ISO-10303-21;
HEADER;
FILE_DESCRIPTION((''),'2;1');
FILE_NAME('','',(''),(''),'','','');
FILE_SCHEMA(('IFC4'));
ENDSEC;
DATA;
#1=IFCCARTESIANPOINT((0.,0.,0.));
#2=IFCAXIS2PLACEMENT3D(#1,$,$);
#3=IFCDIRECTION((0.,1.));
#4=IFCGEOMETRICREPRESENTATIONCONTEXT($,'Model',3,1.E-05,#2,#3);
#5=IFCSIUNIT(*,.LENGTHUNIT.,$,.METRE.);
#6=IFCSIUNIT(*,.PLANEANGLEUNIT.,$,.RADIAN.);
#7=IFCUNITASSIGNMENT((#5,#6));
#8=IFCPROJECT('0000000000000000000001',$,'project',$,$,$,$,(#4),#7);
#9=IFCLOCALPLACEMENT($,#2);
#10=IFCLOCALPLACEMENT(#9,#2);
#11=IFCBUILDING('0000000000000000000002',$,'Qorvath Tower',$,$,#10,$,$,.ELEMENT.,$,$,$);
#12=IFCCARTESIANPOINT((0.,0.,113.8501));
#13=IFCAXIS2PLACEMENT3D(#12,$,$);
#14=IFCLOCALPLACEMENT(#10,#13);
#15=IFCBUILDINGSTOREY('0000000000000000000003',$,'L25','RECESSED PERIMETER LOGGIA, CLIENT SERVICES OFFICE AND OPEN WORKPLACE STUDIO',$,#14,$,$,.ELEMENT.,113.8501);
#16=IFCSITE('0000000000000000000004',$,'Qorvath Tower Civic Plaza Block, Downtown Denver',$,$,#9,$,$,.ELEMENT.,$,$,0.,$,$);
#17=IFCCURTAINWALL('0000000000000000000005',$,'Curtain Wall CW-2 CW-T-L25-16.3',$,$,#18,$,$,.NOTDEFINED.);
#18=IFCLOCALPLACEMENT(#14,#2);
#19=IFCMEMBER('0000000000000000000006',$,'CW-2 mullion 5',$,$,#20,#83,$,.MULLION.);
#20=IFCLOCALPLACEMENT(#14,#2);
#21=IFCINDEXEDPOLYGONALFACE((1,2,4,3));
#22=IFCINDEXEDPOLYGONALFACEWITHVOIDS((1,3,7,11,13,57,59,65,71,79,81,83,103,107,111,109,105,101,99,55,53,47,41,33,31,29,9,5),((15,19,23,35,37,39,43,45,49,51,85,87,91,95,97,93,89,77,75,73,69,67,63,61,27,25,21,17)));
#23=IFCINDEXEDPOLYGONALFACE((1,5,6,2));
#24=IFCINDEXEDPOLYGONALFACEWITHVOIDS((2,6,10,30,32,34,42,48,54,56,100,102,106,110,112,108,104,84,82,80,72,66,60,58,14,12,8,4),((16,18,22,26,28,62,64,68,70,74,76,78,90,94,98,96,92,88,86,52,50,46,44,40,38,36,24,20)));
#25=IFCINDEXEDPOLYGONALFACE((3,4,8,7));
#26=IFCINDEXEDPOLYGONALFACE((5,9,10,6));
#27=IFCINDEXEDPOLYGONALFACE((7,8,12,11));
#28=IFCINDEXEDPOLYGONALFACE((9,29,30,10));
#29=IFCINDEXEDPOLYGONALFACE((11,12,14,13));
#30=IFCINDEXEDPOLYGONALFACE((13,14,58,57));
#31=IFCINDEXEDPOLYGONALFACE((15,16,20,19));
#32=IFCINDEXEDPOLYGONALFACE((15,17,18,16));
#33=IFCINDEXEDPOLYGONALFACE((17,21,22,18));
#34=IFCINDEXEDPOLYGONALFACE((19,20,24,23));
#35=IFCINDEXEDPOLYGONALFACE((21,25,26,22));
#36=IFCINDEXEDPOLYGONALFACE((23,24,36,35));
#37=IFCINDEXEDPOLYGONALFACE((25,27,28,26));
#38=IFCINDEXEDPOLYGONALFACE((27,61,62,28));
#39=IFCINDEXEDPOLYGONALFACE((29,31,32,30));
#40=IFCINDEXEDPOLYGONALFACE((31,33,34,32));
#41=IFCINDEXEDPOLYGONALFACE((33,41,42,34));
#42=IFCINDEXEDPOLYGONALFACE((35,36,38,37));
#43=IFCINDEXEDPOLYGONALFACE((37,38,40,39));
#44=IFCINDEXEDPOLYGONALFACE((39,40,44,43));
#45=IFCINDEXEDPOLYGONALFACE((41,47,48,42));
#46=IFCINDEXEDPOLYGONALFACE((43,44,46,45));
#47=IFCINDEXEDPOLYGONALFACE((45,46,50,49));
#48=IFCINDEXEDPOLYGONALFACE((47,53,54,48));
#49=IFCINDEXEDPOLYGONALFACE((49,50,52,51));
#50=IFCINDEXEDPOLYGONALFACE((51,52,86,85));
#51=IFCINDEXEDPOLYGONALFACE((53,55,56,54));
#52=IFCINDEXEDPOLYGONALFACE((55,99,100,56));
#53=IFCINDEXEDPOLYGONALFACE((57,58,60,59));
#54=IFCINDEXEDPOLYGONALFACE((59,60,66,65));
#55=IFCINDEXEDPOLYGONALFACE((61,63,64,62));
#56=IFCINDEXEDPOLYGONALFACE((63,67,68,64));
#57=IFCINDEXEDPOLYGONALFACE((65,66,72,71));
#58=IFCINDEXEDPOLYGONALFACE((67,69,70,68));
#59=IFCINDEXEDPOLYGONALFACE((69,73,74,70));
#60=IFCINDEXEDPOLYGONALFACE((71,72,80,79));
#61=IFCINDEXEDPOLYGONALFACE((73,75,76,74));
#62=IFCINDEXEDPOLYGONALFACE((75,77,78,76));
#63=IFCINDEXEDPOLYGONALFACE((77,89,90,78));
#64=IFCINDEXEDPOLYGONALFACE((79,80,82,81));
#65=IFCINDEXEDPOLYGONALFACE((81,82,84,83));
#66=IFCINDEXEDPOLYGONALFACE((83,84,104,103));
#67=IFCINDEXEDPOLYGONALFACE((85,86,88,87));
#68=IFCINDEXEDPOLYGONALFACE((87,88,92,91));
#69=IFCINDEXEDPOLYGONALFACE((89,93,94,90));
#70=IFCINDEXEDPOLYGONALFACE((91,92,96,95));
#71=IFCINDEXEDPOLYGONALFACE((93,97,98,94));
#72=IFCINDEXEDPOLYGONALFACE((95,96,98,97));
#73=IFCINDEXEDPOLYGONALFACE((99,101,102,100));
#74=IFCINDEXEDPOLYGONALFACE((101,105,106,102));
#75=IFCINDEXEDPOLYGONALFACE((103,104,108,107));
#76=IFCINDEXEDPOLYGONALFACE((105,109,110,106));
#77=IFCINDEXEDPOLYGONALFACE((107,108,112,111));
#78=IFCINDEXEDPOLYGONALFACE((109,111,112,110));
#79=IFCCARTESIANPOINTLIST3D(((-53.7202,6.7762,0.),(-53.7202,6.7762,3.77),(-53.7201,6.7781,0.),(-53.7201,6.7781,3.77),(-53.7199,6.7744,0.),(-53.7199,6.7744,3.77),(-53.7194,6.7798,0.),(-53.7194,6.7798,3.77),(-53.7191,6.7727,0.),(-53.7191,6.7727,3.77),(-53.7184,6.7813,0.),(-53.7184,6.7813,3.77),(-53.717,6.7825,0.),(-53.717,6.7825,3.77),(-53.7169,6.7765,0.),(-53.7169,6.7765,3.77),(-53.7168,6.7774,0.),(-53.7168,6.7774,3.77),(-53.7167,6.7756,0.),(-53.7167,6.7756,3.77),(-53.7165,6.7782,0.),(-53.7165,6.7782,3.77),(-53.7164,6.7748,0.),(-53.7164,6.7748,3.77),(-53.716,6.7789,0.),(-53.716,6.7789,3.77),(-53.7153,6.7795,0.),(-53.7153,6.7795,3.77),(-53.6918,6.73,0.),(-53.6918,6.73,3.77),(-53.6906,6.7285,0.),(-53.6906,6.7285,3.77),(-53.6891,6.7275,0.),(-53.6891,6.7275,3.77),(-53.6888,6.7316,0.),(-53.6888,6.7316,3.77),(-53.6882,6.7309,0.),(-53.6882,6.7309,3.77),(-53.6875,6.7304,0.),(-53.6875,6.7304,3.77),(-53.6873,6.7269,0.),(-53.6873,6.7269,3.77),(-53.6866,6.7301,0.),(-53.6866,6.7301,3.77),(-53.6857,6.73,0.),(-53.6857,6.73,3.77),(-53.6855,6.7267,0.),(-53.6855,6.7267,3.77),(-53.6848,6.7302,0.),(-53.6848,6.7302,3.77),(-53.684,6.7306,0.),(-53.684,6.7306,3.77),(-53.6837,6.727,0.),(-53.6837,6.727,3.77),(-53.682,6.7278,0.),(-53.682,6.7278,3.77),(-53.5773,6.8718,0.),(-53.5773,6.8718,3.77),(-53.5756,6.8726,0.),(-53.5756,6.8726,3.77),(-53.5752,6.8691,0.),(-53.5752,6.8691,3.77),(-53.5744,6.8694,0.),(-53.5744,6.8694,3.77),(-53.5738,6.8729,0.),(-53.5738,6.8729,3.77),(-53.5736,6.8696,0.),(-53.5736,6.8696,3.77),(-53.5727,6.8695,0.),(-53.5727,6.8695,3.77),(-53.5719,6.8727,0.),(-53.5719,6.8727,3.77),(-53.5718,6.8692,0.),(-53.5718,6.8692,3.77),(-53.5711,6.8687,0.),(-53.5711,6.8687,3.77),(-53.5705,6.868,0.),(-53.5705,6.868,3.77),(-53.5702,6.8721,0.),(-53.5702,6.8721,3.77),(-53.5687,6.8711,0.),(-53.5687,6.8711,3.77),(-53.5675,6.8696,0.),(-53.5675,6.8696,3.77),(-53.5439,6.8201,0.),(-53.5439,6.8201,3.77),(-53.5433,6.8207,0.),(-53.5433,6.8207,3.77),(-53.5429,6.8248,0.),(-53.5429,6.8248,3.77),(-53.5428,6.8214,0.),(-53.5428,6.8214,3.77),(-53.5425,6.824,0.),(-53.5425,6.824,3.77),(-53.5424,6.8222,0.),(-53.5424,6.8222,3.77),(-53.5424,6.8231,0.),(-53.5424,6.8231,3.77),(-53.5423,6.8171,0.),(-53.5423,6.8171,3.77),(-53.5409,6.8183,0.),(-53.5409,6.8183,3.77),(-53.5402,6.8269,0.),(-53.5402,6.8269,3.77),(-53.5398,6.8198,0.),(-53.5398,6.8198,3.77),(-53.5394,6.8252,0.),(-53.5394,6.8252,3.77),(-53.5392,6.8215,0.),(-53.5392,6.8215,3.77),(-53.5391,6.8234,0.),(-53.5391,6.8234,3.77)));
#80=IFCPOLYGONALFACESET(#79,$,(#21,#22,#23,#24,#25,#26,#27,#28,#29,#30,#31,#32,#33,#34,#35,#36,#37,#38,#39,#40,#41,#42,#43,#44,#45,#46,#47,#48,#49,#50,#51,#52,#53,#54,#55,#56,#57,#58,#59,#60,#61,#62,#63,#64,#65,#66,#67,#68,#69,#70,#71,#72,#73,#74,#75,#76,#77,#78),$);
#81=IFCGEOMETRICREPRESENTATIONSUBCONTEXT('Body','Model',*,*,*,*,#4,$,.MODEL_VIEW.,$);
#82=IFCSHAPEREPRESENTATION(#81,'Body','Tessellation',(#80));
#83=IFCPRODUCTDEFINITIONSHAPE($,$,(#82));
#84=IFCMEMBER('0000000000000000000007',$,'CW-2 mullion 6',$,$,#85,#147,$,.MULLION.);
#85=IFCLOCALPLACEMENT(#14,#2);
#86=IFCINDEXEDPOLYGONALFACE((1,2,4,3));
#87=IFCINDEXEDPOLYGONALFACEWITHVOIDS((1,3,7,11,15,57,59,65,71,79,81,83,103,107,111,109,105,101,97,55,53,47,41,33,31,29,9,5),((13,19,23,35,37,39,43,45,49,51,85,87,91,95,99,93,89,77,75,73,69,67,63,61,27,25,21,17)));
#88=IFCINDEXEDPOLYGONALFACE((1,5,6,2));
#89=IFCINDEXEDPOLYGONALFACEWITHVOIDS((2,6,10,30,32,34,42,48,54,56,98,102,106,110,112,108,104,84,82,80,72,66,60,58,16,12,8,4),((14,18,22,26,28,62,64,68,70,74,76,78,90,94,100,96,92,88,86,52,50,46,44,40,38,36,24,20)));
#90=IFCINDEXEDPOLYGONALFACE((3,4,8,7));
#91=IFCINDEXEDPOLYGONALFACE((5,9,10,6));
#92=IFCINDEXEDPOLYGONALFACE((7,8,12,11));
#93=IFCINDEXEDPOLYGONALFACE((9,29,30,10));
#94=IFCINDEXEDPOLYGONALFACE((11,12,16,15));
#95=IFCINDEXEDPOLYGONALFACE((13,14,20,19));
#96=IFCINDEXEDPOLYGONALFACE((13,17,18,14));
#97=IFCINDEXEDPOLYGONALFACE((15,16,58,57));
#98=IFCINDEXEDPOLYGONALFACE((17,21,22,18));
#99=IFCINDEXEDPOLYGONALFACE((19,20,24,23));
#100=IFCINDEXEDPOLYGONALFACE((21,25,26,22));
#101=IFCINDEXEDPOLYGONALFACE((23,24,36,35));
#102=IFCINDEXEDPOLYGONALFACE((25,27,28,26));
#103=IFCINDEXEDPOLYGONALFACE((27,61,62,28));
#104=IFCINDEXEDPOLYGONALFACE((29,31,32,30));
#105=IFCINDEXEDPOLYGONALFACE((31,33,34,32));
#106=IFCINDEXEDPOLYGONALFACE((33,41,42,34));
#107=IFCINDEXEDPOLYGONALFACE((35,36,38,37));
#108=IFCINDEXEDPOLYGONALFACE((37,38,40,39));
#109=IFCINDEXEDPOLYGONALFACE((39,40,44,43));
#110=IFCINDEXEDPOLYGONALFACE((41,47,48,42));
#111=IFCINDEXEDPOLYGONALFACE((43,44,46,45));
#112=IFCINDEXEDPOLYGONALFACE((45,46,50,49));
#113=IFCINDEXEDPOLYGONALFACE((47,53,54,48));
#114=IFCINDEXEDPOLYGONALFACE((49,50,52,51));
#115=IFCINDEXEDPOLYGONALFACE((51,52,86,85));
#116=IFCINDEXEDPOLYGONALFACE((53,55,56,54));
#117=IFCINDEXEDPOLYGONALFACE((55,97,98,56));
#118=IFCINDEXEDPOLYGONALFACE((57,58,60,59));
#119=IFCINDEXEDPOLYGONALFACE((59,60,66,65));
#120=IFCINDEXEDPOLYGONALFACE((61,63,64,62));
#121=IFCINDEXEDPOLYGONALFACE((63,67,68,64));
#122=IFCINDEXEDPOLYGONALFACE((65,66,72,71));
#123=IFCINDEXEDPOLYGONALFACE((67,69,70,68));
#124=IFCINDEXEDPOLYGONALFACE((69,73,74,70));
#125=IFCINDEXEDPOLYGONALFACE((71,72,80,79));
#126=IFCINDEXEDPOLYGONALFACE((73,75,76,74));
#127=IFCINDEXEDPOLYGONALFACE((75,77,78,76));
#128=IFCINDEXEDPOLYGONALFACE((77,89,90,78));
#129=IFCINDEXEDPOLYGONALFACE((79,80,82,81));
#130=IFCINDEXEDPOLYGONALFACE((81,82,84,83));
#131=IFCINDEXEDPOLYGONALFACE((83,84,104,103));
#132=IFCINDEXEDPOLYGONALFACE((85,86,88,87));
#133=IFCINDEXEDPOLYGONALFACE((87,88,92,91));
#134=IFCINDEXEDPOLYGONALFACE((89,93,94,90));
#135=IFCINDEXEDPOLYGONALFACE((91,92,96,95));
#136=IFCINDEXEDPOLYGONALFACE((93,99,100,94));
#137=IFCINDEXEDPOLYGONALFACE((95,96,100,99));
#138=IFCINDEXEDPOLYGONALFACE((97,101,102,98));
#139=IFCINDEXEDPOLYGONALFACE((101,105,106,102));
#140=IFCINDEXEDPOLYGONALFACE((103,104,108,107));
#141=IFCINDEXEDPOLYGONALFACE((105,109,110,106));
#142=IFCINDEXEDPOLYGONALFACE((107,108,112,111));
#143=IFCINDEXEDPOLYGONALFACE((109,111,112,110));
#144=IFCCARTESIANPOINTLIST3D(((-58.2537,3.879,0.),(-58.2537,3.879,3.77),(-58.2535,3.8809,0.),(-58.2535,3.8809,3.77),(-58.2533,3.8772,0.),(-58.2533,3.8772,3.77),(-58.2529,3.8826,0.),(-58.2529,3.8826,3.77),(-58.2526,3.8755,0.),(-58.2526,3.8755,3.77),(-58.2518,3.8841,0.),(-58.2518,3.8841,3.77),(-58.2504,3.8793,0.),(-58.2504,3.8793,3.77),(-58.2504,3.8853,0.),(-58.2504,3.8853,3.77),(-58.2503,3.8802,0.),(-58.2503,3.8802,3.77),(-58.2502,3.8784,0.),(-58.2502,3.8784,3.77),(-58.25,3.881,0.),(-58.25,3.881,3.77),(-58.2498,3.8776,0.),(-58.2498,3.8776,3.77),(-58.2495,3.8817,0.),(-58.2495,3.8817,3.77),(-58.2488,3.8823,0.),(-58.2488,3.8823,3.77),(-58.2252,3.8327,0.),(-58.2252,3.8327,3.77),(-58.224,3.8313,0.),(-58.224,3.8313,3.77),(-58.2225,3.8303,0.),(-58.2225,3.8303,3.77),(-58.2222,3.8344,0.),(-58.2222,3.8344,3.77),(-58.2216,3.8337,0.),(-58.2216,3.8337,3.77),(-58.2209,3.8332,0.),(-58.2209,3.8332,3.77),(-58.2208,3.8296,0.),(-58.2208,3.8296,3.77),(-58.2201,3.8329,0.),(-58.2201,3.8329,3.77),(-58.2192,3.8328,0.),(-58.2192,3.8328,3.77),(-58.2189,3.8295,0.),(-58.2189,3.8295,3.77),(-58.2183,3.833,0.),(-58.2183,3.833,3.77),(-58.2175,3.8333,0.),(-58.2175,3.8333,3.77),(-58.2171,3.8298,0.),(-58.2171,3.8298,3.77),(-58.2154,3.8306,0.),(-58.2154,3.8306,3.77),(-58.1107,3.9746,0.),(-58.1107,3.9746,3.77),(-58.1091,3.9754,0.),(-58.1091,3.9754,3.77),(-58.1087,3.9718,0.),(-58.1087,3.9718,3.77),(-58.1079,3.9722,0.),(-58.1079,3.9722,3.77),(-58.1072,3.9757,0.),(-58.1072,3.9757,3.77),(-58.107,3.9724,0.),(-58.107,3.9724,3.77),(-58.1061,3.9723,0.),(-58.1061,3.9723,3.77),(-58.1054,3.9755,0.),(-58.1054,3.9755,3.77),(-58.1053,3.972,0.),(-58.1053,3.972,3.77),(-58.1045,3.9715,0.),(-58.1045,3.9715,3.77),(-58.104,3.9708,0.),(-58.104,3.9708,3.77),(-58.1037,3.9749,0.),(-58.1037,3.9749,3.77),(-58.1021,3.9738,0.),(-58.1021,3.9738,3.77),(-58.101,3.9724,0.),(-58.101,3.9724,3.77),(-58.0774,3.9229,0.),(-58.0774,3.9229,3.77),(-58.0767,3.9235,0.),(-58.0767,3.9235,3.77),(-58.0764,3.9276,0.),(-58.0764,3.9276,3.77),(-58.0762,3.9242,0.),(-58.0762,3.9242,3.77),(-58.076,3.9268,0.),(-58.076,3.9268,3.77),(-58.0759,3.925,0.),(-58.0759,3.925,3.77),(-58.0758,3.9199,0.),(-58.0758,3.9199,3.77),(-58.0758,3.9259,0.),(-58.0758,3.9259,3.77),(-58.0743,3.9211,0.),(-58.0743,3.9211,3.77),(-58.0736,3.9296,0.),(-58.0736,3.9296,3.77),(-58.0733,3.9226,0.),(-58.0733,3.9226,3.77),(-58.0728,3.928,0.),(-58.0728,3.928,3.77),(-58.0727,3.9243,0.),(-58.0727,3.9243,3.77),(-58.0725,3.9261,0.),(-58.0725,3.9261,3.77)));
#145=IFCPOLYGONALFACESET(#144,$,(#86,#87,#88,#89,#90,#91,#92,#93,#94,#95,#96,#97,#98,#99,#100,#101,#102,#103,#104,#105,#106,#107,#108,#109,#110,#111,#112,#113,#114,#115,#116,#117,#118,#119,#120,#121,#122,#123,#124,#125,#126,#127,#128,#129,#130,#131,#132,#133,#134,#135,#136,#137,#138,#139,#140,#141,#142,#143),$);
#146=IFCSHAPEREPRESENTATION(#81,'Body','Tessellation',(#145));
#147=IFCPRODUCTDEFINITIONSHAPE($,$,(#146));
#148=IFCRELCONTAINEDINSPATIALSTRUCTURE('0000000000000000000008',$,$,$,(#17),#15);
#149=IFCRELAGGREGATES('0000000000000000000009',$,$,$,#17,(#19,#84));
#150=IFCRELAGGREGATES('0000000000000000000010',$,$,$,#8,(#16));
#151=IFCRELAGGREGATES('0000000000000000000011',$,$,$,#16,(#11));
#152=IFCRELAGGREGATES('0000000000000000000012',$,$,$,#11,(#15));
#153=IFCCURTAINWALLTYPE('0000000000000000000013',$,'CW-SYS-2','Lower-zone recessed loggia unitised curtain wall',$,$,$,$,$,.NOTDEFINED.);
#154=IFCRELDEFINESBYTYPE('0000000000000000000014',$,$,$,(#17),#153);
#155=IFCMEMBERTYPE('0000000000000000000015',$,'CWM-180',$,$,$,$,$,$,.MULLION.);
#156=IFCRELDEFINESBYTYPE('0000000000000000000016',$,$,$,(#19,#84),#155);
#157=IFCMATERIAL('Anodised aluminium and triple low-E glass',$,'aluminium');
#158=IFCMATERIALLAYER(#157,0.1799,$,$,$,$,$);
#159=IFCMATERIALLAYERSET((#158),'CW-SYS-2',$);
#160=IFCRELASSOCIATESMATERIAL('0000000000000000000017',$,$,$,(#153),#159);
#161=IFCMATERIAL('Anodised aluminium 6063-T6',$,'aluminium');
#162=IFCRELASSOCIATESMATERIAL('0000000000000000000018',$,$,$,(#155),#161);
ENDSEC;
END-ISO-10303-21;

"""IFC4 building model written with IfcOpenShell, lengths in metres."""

from ifc_helpers import new_model, si_unit, direction, frame, origin, origin_2d, place, context, subcontext, project, spatial, hollow_rectangle, extrude, material, layer, layer_set, material_profile, profile_set, type_object, element, aggregate, save


model = new_model("IFC4")

# Units and contexts
model_context = context("Model", 3, precision=1e-05, world=origin(), true_north=direction((0.0, 1.0)))
body_context = subcontext(model_context, "Body", "Model", "MODEL_VIEW")
ifc_project = project(units=[si_unit("LENGTHUNIT", "METRE"), si_unit("PLANEANGLEUNIT", "RADIAN")], contexts=[model_context])

# Site, building, storey
site_placement = place(None, origin())
site = spatial("IfcSite", under=ifc_project, at=site_placement, Name="Qorvath Tower Civic Plaza Block, Downtown Denver", CompositionType="ELEMENT", RefElevation=0.0)
building_placement = place(site_placement, origin())
building = spatial("IfcBuilding", under=site, at=building_placement, Name="Qorvath Tower", CompositionType="ELEMENT")
storey_placement = place(building_placement, frame((0.0, 0.0, 113.8501)))
storey = spatial("IfcBuildingStorey", under=building, at=storey_placement, Name="L25", Description="RECESSED PERIMETER LOGGIA, CLIENT SERVICES OFFICE AND OPEN WORKPLACE STUDIO", CompositionType="ELEMENT", Elevation=113.8501)

# Curtain wall, members
ifc_material_1 = material(Name="Anodised aluminium and triple low-E glass", Category="aluminium")
ifc_layer_1 = layer(ifc_material_1, 0.1799)
ifc_layer_set_1 = layer_set([ifc_layer_1], Name="CW-SYS-2")
curtain_wall_type = type_object("IfcCurtainWallType", Name="CW-SYS-2", Description="Lower-zone recessed loggia unitised curtain wall", PredefinedType="NOTDEFINED", material=ifc_layer_set_1)
curtain_wall_placement = place(storey_placement, origin())
curtain_wall = element("IfcCurtainWall", 1, at=curtain_wall_placement, inside=storey, type_object=curtain_wall_type, Name="Curtain Wall CW-2 CW-T-L25-16.3", PredefinedType="NOTDEFINED")
ifc_material_2 = material(Name="Anodised aluminium 6063-T6", Category="aluminium")
ifc_material_profile_1 = material_profile(ifc_material_2, hollow_rectangle(XDim=0.0649, YDim=0.1799, WallThickness=0.0034, InnerFilletRadius=0.0034, OuterFilletRadius=0.0071, at=origin_2d()), Name="CWM 180x65")
ifc_profile_set_1 = profile_set([ifc_material_profile_1], Name="Anodised aluminium 6063-T6")
member_type_1 = type_object("IfcMemberType", Name="CWM-180", PredefinedType="MULLION", material=ifc_profile_set_1)
member_1_placement = place(storey_placement, frame((-53.6296, 6.7998, 0.0), z_axis=(0.0, 0.0, 1.0), x_axis=(0.53853, -0.842606, 0.0)))
member_1 = element("IfcMember", 2, at=member_1_placement, type_object=member_type_1, Name="CW-2 mullion 5", PredefinedType="MULLION", context=body_context, shape_type="SweptSolid", body=[
    extrude(hollow_rectangle(XDim=0.0649, YDim=0.1799, WallThickness=0.0034, InnerFilletRadius=0.0034, OuterFilletRadius=0.0071, at=origin_2d()), origin(), (0.0, 0.0, 1.0), 3.77),
])
member_2_placement = place(storey_placement, frame((-58.1631, 3.9026, 0.0), z_axis=(0.0, 0.0, 1.0), x_axis=(0.53853, -0.842606, 0.0)))
member_2 = element("IfcMember", 3, at=member_2_placement, type_object=member_type_1, Name="CW-2 mullion 6", PredefinedType="MULLION", context=body_context, shape_type="SweptSolid", body=[
    extrude(hollow_rectangle(XDim=0.0649, YDim=0.1799, WallThickness=0.0034, InnerFilletRadius=0.0034, OuterFilletRadius=0.0071, at=origin_2d()), origin(), (0.0, 0.0, 1.0), 3.77),
])
aggregate(curtain_wall, [member_1, member_2])

save(model, "model.ifc")
